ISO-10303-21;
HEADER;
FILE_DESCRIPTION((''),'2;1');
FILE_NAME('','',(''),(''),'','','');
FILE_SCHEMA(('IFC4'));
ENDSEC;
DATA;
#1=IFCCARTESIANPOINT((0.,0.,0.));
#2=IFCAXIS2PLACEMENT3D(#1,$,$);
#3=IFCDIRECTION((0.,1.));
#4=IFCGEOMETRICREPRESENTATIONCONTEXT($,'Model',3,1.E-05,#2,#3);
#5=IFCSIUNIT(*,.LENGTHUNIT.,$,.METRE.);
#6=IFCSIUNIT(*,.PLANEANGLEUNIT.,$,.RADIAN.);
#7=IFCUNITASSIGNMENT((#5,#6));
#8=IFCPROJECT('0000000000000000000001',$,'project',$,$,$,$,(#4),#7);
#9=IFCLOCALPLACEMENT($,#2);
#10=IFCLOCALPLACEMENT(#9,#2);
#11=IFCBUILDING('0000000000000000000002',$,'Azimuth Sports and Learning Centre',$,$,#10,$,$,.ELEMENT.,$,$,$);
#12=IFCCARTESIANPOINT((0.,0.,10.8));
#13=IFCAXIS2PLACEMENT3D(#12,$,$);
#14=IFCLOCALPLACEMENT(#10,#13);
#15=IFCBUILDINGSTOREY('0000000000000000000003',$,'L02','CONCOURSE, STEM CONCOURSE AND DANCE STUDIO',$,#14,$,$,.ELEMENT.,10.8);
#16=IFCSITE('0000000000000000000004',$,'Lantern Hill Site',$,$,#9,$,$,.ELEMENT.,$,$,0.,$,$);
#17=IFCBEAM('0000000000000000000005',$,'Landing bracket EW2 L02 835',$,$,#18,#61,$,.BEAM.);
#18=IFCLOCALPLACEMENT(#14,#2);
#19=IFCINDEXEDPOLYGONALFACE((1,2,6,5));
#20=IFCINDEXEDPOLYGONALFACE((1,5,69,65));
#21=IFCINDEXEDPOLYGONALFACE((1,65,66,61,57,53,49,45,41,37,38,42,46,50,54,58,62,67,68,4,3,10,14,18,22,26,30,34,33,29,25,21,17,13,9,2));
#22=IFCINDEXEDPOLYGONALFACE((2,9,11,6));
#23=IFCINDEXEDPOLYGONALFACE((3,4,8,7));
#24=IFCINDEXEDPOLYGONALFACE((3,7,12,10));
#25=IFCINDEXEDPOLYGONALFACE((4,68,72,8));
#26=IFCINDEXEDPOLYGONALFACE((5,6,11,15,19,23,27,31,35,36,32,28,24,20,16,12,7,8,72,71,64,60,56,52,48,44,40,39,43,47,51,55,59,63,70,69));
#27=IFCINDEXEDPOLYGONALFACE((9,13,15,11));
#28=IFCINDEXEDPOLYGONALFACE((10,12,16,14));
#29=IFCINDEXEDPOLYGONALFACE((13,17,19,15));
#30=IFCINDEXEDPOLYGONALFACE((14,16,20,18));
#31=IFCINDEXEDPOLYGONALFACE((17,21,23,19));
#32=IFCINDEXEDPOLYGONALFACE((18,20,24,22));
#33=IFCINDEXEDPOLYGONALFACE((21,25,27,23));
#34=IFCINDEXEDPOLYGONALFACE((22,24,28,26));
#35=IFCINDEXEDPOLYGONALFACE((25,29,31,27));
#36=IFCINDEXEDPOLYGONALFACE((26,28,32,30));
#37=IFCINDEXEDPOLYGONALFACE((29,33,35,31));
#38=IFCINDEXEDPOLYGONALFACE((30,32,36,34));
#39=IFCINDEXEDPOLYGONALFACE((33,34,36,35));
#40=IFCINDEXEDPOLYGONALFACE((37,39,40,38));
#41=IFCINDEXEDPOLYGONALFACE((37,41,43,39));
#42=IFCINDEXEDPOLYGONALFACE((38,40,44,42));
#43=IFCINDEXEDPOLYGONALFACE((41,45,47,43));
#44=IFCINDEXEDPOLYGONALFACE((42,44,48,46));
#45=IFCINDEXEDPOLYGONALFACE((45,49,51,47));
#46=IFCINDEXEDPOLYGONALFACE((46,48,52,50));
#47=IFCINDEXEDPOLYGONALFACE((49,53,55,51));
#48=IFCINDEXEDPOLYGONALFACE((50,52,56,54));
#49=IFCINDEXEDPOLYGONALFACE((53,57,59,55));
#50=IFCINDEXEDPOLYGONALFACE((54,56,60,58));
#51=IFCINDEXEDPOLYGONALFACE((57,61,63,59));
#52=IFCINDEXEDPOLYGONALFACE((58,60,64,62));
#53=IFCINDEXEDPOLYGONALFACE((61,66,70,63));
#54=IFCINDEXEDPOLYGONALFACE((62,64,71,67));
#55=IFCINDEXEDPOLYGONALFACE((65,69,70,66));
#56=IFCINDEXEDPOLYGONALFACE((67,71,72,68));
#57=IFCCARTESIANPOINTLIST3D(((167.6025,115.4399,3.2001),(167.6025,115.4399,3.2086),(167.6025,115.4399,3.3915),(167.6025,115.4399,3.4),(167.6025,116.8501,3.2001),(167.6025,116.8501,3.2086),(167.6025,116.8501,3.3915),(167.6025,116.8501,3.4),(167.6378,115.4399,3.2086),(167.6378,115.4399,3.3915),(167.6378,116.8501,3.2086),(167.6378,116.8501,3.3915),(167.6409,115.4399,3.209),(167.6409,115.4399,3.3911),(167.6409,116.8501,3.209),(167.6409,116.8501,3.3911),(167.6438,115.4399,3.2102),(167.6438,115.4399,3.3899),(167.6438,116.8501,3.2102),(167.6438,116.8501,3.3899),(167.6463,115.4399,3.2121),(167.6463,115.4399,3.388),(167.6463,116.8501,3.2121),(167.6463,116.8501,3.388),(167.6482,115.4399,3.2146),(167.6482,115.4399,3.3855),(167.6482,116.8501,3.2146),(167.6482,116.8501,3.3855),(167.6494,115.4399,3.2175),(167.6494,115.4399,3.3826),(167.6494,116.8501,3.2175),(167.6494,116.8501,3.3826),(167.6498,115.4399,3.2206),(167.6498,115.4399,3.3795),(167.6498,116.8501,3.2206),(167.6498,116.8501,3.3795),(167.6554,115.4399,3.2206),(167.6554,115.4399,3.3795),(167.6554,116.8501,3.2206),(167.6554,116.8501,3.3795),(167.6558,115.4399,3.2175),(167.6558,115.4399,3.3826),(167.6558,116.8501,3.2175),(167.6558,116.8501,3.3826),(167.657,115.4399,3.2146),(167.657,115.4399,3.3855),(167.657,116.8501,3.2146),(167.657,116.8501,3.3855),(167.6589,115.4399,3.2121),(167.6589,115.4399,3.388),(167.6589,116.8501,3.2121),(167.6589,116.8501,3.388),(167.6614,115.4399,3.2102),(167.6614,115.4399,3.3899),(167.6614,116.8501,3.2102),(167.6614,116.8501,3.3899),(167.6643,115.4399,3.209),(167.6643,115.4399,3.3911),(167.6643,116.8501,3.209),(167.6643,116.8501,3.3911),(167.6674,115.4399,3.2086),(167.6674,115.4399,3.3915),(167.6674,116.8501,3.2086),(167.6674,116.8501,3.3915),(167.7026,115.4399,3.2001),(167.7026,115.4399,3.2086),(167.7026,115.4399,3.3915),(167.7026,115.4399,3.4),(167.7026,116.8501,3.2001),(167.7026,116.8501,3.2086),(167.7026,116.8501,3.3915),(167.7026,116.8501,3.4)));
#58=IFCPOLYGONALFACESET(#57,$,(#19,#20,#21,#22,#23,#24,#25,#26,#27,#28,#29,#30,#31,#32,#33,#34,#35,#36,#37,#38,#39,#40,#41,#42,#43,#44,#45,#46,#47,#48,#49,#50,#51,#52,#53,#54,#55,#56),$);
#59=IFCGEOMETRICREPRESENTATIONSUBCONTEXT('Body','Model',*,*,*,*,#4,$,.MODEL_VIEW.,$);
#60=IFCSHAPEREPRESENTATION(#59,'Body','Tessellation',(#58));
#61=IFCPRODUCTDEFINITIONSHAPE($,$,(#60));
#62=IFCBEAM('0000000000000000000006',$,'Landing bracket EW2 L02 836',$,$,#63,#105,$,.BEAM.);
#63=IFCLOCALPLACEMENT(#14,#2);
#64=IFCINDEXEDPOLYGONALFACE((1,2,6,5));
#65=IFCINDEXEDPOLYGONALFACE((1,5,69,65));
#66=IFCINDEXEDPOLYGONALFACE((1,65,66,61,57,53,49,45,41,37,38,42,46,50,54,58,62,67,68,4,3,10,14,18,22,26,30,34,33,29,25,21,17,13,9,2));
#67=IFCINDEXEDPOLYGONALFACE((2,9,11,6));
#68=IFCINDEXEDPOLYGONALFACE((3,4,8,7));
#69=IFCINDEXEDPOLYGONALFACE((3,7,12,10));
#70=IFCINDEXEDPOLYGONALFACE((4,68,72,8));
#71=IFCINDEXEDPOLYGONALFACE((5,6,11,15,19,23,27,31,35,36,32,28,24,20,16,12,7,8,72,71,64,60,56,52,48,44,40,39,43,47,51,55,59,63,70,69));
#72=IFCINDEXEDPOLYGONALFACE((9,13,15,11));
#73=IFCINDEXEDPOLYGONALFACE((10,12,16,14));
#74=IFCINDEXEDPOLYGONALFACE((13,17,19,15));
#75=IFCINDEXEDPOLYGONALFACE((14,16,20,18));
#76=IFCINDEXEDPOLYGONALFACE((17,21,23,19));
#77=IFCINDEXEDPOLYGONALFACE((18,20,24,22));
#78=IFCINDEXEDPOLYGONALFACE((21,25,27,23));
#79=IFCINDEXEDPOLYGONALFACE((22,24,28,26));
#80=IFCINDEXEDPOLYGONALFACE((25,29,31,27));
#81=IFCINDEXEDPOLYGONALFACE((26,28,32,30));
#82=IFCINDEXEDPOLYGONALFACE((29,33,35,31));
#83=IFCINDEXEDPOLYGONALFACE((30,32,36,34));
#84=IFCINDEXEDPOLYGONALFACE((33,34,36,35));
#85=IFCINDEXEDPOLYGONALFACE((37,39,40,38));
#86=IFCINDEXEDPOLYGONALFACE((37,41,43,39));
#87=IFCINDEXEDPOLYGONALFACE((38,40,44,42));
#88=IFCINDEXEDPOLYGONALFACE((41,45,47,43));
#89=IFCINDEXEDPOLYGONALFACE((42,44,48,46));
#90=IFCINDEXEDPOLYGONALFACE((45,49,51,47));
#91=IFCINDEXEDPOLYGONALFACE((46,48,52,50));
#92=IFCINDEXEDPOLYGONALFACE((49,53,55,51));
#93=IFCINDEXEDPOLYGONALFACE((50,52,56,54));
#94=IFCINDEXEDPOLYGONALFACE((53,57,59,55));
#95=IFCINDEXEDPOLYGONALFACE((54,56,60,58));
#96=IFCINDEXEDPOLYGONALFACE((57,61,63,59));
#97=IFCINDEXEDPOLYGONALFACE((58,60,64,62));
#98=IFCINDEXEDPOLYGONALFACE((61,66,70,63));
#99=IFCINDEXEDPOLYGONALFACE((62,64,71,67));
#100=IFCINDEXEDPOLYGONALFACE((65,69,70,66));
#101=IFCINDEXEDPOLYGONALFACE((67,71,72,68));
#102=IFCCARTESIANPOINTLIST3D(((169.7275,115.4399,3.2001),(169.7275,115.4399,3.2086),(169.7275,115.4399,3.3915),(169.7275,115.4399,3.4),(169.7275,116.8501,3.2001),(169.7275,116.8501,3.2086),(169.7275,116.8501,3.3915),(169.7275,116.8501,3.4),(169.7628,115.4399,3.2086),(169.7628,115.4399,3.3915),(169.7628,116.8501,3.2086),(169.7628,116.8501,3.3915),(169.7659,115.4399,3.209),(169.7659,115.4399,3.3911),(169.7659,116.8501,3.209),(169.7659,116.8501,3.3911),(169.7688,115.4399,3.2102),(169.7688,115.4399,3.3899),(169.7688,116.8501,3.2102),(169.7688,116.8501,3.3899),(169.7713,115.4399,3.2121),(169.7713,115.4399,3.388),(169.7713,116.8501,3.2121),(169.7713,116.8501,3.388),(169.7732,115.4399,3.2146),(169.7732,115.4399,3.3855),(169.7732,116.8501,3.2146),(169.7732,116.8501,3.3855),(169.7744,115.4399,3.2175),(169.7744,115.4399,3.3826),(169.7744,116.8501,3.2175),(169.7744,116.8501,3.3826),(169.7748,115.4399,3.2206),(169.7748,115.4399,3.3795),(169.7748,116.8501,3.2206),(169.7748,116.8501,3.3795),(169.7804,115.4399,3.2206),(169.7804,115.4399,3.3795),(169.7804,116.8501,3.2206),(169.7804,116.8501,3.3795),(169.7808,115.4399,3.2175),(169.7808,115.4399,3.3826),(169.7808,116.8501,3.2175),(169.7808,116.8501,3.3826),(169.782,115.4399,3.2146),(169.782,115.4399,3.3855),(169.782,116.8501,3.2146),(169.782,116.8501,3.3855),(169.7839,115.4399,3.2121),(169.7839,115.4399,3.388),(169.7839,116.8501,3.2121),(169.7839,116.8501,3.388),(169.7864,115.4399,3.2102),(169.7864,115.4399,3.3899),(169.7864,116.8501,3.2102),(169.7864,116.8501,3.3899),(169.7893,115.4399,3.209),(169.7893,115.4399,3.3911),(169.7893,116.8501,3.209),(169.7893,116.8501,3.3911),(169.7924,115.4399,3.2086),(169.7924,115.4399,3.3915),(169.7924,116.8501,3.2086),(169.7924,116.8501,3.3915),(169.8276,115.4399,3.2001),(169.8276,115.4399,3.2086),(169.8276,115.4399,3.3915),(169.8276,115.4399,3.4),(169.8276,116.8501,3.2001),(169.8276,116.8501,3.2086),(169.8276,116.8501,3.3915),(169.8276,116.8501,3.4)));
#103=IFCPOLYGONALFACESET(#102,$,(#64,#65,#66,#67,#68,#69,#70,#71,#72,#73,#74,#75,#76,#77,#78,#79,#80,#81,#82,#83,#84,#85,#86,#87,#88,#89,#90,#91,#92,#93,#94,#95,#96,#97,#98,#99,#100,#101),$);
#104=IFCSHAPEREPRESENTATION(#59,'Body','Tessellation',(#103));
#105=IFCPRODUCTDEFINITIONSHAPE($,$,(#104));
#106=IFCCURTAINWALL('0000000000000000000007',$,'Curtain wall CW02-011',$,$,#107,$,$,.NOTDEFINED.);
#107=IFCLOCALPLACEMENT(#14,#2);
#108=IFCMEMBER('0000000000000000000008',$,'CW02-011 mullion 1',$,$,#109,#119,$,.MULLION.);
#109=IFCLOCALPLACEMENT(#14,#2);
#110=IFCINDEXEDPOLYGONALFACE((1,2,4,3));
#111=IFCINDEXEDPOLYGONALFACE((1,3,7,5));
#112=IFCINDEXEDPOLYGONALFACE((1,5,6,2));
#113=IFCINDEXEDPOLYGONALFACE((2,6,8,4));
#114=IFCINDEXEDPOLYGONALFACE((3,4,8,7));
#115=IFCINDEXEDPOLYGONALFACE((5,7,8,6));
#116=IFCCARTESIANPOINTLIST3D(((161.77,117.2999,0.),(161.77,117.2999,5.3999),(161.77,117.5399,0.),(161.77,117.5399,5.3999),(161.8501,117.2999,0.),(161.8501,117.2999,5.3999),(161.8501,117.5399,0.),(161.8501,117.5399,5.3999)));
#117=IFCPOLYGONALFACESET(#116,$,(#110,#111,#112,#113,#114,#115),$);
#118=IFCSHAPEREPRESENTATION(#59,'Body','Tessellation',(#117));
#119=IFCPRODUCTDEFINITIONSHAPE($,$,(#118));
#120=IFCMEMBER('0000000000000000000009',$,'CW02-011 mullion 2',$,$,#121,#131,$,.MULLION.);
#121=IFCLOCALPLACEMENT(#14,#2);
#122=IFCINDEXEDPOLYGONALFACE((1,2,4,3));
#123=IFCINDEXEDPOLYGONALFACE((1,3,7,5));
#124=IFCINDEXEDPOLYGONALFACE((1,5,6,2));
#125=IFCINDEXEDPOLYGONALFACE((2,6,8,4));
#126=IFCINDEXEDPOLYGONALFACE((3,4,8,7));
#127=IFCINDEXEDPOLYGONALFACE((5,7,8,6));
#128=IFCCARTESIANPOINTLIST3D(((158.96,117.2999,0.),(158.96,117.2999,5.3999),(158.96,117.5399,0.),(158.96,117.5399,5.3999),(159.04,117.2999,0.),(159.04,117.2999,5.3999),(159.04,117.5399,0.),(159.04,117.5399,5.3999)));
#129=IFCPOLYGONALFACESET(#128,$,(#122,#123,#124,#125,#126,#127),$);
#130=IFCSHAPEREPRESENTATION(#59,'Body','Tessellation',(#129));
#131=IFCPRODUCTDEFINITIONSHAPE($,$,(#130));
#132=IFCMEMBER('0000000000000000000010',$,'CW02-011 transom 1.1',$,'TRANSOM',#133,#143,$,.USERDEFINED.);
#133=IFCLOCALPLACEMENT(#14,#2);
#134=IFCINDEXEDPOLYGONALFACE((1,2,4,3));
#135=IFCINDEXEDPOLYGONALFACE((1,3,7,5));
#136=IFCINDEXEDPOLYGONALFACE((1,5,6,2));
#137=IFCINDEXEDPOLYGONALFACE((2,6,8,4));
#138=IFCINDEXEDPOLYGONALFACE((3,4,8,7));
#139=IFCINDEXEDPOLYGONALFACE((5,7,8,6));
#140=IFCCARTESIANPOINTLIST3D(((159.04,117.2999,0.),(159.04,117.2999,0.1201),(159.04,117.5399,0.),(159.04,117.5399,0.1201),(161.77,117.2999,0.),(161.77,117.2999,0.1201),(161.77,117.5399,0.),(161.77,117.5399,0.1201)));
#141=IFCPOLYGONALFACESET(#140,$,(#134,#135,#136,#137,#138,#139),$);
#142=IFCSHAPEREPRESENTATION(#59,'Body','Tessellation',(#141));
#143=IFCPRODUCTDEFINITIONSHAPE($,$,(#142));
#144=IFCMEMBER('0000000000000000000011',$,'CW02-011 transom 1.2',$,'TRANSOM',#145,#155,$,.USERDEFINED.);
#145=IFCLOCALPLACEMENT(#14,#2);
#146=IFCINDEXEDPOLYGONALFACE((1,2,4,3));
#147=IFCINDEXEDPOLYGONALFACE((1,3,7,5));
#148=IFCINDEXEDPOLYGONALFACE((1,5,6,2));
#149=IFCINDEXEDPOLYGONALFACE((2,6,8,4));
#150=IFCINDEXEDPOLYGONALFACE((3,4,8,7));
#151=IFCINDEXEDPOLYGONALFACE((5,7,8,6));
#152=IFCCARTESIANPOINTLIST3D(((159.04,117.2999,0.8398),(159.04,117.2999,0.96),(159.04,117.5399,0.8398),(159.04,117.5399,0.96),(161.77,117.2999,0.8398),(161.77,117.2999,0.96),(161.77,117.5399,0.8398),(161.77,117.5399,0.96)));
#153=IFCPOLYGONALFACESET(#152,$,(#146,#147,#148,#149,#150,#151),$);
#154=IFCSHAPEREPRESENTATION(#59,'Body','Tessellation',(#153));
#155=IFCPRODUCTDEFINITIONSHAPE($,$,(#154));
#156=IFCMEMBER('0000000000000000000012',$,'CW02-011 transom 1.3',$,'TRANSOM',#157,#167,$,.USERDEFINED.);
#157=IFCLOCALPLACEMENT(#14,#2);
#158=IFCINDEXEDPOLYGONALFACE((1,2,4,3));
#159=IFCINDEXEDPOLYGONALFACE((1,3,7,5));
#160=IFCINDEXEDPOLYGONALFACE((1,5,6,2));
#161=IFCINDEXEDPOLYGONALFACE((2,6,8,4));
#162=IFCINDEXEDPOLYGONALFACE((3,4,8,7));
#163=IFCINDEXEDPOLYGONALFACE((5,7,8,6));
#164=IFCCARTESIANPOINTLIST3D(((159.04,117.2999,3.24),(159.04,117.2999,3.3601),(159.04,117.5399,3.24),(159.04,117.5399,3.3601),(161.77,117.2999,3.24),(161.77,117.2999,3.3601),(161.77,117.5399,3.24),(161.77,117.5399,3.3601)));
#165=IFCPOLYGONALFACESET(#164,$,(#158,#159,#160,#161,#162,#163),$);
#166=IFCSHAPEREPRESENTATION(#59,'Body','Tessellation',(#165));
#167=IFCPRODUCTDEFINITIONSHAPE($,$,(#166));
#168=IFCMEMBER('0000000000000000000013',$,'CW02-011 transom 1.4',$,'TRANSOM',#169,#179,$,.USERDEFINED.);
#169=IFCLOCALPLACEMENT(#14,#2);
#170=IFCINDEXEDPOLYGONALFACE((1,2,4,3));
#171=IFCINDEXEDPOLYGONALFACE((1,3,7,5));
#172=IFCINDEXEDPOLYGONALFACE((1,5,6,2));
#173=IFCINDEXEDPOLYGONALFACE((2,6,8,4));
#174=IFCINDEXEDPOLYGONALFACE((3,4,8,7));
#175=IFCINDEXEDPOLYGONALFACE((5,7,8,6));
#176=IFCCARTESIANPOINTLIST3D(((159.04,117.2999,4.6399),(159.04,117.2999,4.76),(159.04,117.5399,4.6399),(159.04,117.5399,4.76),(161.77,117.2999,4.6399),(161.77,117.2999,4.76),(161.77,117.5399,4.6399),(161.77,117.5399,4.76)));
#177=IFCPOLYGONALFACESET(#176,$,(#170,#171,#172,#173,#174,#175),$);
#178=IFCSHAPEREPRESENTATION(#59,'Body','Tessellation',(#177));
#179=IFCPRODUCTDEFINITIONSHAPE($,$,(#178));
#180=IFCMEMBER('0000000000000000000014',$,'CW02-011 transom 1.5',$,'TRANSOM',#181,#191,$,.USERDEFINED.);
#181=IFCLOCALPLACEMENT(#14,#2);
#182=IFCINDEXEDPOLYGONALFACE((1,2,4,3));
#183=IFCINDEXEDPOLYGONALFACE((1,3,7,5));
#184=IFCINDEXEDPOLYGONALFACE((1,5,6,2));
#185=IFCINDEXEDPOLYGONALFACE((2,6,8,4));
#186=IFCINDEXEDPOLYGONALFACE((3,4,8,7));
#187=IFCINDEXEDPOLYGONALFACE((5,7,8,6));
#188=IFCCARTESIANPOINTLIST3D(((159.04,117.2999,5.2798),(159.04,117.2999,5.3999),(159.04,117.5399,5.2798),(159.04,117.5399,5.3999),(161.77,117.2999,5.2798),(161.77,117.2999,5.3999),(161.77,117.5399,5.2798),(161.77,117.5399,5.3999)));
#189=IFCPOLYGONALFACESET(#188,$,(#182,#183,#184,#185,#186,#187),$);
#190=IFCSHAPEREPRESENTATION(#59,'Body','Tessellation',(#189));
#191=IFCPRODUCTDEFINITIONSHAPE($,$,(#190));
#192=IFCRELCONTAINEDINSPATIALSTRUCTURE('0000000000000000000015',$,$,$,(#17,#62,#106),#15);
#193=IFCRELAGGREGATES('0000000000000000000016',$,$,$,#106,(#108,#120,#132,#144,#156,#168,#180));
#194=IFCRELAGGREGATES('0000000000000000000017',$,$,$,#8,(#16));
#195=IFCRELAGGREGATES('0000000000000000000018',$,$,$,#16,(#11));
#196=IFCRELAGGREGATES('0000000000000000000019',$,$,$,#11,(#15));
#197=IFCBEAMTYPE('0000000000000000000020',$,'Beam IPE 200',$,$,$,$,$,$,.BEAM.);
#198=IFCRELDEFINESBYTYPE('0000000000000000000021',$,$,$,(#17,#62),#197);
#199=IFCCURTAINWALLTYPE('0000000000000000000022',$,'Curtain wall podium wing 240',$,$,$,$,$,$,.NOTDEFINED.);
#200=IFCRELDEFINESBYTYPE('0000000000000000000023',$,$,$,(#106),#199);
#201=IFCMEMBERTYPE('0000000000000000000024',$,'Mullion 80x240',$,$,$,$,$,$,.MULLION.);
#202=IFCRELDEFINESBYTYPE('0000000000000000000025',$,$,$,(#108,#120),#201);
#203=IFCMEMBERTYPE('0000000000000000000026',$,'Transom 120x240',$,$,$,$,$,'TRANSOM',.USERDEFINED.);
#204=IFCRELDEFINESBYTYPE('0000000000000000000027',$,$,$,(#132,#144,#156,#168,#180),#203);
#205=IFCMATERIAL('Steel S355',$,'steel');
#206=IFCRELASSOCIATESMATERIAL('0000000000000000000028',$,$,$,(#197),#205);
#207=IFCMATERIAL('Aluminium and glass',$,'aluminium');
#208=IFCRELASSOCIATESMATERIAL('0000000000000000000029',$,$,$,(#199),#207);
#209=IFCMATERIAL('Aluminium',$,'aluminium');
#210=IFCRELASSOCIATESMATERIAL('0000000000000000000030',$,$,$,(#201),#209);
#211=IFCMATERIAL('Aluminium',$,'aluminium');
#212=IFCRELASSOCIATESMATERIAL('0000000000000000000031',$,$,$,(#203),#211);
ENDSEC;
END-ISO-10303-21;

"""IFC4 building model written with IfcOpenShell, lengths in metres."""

from ifc_helpers import new_model, si_unit, direction, frame, origin, origin_2d, place, context, subcontext, project, spatial, rectangle, i_section, extrude, material, material_profile, profile_set, type_object, element, aggregate, save


model = new_model("IFC4")

# Units and contexts
model_context = context("Model", 3, precision=1e-05, world=origin(), true_north=direction((0.0, 1.0)))
body_context = subcontext(model_context, "Body", "Model", "MODEL_VIEW")
ifc_project = project(units=[si_unit("LENGTHUNIT", "METRE"), si_unit("PLANEANGLEUNIT", "RADIAN")], contexts=[model_context])

# Site, building, storey
site_placement = place(None, origin())
site = spatial("IfcSite", under=ifc_project, at=site_placement, Name="Lantern Hill Site", CompositionType="ELEMENT", RefElevation=0.0)
building_placement = place(site_placement, origin())
building = spatial("IfcBuilding", under=site, at=building_placement, Name="Azimuth Sports and Learning Centre", CompositionType="ELEMENT")
storey_placement = place(building_placement, frame((0.0, 0.0, 10.8)))
storey = spatial("IfcBuildingStorey", under=building, at=storey_placement, Name="L02", Description="CONCOURSE, STEM CONCOURSE AND DANCE STUDIO", CompositionType="ELEMENT", Elevation=10.8)

# Beams
ifc_material_1 = material(Name="Steel S355", Category="steel")
ifc_material_profile_1 = material_profile(ifc_material_1, i_section(OverallWidth=0.1001, OverallDepth=0.2, WebThickness=0.0056, FlangeThickness=0.0085, FilletRadius=0.012, at=origin_2d()), Name="IPE 200")
ifc_profile_set_1 = profile_set([ifc_material_profile_1], Name="Steel S355")
beam_type = type_object("IfcBeamType", Name="Beam IPE 200", PredefinedType="BEAM", material=ifc_profile_set_1)
for number, where, z_axis, x_axis, name in (
    (1, (167.6526, 116.8501, 3.3), (0.0, -1.0, 0.0), (1.0, 0.0, 0.0), "Landing bracket EW2 L02 835"),
    (2, (169.7776, 116.8501, 3.3), (0.0, -1.0, 0.0), (1.0, 0.0, 0.0), "Landing bracket EW2 L02 836"),
):
    element("IfcBeam", number, at=place(storey_placement, frame(where, z_axis=z_axis, x_axis=x_axis)), inside=storey, type_object=beam_type, Name=name, PredefinedType="BEAM", context=body_context, shape_type="SweptSolid", body=[
        extrude(i_section(OverallWidth=0.1001, OverallDepth=0.2, WebThickness=0.0056, FlangeThickness=0.0085, FilletRadius=0.012, at=origin_2d()), origin(), (0.0, 0.0, 1.0), 1.4102),
    ])

# Curtain wall, members
ifc_material_2 = material(Name="Aluminium and glass", Category="aluminium")
curtain_wall_type = type_object("IfcCurtainWallType", Name="Curtain wall podium wing 240", PredefinedType="NOTDEFINED", material=ifc_material_2)
curtain_wall_placement = place(storey_placement, origin())
curtain_wall = element("IfcCurtainWall", 3, at=curtain_wall_placement, inside=storey, type_object=curtain_wall_type, Name="Curtain wall CW02-011", PredefinedType="NOTDEFINED")
ifc_material_3 = material(Name="Aluminium", Category="aluminium")
ifc_material_profile_2 = material_profile(ifc_material_3, rectangle(XDim=0.24, YDim=0.0801, at=origin_2d()), Name="Mullion 80x240")
ifc_profile_set_2 = profile_set([ifc_material_profile_2], Name="Aluminium")
member_type_1 = type_object("IfcMemberType", Name="Mullion 80x240", PredefinedType="MULLION", material=ifc_profile_set_2)
member_1_placement = place(storey_placement, frame((161.8101, 117.4199, 0.0), z_axis=(0.0, 0.0, 1.0), x_axis=(0.0, -1.0, 0.0)))
member_1 = element("IfcMember", 4, at=member_1_placement, type_object=member_type_1, Name="CW02-011 mullion 1", PredefinedType="MULLION", context=body_context, shape_type="SweptSolid", body=[
    extrude(rectangle(XDim=0.24, YDim=0.0801, at=origin_2d()), origin(), (0.0, 0.0, 1.0), 5.3999),
])
member_2_placement = place(storey_placement, frame((159.0, 117.4199, 0.0), z_axis=(0.0, 0.0, 1.0), x_axis=(0.0, -1.0, 0.0)))
member_2 = element("IfcMember", 5, at=member_2_placement, type_object=member_type_1, Name="CW02-011 mullion 2", PredefinedType="MULLION", context=body_context, shape_type="SweptSolid", body=[
    extrude(rectangle(XDim=0.24, YDim=0.0801, at=origin_2d()), origin(), (0.0, 0.0, 1.0), 5.3999),
])
ifc_material_4 = material(Name="Aluminium", Category="aluminium")
ifc_material_profile_3 = material_profile(ifc_material_4, rectangle(XDim=0.24, YDim=0.1201, at=origin_2d()), Name="Transom 120x240")
ifc_profile_set_3 = profile_set([ifc_material_profile_3], Name="Aluminium")
member_type_2 = type_object("IfcMemberType", Name="Transom 120x240", ElementType="TRANSOM", PredefinedType="USERDEFINED", material=ifc_profile_set_3)
member_3_placement = place(storey_placement, frame((161.77, 117.4199, 0.0601), z_axis=(-1.0, 0.0, 0.0), x_axis=(0.0, -1.0, 0.0)))
member_3 = element("IfcMember", 6, at=member_3_placement, type_object=member_type_2, Name="CW02-011 transom 1.1", ObjectType="TRANSOM", PredefinedType="USERDEFINED", context=body_context, shape_type="SweptSolid", body=[
    extrude(rectangle(XDim=0.24, YDim=0.1201, at=origin_2d()), origin(), (0.0, 0.0, 1.0), 2.73),
])
member_4_placement = place(storey_placement, frame((161.77, 117.4199, 0.8999), z_axis=(-1.0, 0.0, 0.0), x_axis=(0.0, -1.0, 0.0)))
member_4 = element("IfcMember", 7, at=member_4_placement, type_object=member_type_2, Name="CW02-011 transom 1.2", ObjectType="TRANSOM", PredefinedType="USERDEFINED", context=body_context, shape_type="SweptSolid", body=[
    extrude(rectangle(XDim=0.24, YDim=0.1201, at=origin_2d()), origin(), (0.0, 0.0, 1.0), 2.73),
])
member_5_placement = place(storey_placement, frame((161.77, 117.4199, 3.3), z_axis=(-1.0, 0.0, 0.0), x_axis=(0.0, -1.0, 0.0)))
member_5 = element("IfcMember", 8, at=member_5_placement, type_object=member_type_2, Name="CW02-011 transom 1.3", ObjectType="TRANSOM", PredefinedType="USERDEFINED", context=body_context, shape_type="SweptSolid", body=[
    extrude(rectangle(XDim=0.24, YDim=0.1201, at=origin_2d()), origin(), (0.0, 0.0, 1.0), 2.73),
])
member_6_placement = place(storey_placement, frame((161.77, 117.4199, 4.7), z_axis=(-1.0, 0.0, 0.0), x_axis=(0.0, -1.0, 0.0)))
member_6 = element("IfcMember", 9, at=member_6_placement, type_object=member_type_2, Name="CW02-011 transom 1.4", ObjectType="TRANSOM", PredefinedType="USERDEFINED", context=body_context, shape_type="SweptSolid", body=[
    extrude(rectangle(XDim=0.24, YDim=0.1201, at=origin_2d()), origin(), (0.0, 0.0, 1.0), 2.73),
])
member_7_placement = place(storey_placement, frame((161.77, 117.4199, 5.3398), z_axis=(-1.0, 0.0, 0.0), x_axis=(0.0, -1.0, 0.0)))
member_7 = element("IfcMember", 10, at=member_7_placement, type_object=member_type_2, Name="CW02-011 transom 1.5", ObjectType="TRANSOM", PredefinedType="USERDEFINED", context=body_context, shape_type="SweptSolid", body=[
    extrude(rectangle(XDim=0.24, YDim=0.1201, at=origin_2d()), origin(), (0.0, 0.0, 1.0), 2.73),
])
aggregate(curtain_wall, [member_1, member_2, member_3, member_4, member_5, member_6, member_7])

save(model, "model.ifc")
